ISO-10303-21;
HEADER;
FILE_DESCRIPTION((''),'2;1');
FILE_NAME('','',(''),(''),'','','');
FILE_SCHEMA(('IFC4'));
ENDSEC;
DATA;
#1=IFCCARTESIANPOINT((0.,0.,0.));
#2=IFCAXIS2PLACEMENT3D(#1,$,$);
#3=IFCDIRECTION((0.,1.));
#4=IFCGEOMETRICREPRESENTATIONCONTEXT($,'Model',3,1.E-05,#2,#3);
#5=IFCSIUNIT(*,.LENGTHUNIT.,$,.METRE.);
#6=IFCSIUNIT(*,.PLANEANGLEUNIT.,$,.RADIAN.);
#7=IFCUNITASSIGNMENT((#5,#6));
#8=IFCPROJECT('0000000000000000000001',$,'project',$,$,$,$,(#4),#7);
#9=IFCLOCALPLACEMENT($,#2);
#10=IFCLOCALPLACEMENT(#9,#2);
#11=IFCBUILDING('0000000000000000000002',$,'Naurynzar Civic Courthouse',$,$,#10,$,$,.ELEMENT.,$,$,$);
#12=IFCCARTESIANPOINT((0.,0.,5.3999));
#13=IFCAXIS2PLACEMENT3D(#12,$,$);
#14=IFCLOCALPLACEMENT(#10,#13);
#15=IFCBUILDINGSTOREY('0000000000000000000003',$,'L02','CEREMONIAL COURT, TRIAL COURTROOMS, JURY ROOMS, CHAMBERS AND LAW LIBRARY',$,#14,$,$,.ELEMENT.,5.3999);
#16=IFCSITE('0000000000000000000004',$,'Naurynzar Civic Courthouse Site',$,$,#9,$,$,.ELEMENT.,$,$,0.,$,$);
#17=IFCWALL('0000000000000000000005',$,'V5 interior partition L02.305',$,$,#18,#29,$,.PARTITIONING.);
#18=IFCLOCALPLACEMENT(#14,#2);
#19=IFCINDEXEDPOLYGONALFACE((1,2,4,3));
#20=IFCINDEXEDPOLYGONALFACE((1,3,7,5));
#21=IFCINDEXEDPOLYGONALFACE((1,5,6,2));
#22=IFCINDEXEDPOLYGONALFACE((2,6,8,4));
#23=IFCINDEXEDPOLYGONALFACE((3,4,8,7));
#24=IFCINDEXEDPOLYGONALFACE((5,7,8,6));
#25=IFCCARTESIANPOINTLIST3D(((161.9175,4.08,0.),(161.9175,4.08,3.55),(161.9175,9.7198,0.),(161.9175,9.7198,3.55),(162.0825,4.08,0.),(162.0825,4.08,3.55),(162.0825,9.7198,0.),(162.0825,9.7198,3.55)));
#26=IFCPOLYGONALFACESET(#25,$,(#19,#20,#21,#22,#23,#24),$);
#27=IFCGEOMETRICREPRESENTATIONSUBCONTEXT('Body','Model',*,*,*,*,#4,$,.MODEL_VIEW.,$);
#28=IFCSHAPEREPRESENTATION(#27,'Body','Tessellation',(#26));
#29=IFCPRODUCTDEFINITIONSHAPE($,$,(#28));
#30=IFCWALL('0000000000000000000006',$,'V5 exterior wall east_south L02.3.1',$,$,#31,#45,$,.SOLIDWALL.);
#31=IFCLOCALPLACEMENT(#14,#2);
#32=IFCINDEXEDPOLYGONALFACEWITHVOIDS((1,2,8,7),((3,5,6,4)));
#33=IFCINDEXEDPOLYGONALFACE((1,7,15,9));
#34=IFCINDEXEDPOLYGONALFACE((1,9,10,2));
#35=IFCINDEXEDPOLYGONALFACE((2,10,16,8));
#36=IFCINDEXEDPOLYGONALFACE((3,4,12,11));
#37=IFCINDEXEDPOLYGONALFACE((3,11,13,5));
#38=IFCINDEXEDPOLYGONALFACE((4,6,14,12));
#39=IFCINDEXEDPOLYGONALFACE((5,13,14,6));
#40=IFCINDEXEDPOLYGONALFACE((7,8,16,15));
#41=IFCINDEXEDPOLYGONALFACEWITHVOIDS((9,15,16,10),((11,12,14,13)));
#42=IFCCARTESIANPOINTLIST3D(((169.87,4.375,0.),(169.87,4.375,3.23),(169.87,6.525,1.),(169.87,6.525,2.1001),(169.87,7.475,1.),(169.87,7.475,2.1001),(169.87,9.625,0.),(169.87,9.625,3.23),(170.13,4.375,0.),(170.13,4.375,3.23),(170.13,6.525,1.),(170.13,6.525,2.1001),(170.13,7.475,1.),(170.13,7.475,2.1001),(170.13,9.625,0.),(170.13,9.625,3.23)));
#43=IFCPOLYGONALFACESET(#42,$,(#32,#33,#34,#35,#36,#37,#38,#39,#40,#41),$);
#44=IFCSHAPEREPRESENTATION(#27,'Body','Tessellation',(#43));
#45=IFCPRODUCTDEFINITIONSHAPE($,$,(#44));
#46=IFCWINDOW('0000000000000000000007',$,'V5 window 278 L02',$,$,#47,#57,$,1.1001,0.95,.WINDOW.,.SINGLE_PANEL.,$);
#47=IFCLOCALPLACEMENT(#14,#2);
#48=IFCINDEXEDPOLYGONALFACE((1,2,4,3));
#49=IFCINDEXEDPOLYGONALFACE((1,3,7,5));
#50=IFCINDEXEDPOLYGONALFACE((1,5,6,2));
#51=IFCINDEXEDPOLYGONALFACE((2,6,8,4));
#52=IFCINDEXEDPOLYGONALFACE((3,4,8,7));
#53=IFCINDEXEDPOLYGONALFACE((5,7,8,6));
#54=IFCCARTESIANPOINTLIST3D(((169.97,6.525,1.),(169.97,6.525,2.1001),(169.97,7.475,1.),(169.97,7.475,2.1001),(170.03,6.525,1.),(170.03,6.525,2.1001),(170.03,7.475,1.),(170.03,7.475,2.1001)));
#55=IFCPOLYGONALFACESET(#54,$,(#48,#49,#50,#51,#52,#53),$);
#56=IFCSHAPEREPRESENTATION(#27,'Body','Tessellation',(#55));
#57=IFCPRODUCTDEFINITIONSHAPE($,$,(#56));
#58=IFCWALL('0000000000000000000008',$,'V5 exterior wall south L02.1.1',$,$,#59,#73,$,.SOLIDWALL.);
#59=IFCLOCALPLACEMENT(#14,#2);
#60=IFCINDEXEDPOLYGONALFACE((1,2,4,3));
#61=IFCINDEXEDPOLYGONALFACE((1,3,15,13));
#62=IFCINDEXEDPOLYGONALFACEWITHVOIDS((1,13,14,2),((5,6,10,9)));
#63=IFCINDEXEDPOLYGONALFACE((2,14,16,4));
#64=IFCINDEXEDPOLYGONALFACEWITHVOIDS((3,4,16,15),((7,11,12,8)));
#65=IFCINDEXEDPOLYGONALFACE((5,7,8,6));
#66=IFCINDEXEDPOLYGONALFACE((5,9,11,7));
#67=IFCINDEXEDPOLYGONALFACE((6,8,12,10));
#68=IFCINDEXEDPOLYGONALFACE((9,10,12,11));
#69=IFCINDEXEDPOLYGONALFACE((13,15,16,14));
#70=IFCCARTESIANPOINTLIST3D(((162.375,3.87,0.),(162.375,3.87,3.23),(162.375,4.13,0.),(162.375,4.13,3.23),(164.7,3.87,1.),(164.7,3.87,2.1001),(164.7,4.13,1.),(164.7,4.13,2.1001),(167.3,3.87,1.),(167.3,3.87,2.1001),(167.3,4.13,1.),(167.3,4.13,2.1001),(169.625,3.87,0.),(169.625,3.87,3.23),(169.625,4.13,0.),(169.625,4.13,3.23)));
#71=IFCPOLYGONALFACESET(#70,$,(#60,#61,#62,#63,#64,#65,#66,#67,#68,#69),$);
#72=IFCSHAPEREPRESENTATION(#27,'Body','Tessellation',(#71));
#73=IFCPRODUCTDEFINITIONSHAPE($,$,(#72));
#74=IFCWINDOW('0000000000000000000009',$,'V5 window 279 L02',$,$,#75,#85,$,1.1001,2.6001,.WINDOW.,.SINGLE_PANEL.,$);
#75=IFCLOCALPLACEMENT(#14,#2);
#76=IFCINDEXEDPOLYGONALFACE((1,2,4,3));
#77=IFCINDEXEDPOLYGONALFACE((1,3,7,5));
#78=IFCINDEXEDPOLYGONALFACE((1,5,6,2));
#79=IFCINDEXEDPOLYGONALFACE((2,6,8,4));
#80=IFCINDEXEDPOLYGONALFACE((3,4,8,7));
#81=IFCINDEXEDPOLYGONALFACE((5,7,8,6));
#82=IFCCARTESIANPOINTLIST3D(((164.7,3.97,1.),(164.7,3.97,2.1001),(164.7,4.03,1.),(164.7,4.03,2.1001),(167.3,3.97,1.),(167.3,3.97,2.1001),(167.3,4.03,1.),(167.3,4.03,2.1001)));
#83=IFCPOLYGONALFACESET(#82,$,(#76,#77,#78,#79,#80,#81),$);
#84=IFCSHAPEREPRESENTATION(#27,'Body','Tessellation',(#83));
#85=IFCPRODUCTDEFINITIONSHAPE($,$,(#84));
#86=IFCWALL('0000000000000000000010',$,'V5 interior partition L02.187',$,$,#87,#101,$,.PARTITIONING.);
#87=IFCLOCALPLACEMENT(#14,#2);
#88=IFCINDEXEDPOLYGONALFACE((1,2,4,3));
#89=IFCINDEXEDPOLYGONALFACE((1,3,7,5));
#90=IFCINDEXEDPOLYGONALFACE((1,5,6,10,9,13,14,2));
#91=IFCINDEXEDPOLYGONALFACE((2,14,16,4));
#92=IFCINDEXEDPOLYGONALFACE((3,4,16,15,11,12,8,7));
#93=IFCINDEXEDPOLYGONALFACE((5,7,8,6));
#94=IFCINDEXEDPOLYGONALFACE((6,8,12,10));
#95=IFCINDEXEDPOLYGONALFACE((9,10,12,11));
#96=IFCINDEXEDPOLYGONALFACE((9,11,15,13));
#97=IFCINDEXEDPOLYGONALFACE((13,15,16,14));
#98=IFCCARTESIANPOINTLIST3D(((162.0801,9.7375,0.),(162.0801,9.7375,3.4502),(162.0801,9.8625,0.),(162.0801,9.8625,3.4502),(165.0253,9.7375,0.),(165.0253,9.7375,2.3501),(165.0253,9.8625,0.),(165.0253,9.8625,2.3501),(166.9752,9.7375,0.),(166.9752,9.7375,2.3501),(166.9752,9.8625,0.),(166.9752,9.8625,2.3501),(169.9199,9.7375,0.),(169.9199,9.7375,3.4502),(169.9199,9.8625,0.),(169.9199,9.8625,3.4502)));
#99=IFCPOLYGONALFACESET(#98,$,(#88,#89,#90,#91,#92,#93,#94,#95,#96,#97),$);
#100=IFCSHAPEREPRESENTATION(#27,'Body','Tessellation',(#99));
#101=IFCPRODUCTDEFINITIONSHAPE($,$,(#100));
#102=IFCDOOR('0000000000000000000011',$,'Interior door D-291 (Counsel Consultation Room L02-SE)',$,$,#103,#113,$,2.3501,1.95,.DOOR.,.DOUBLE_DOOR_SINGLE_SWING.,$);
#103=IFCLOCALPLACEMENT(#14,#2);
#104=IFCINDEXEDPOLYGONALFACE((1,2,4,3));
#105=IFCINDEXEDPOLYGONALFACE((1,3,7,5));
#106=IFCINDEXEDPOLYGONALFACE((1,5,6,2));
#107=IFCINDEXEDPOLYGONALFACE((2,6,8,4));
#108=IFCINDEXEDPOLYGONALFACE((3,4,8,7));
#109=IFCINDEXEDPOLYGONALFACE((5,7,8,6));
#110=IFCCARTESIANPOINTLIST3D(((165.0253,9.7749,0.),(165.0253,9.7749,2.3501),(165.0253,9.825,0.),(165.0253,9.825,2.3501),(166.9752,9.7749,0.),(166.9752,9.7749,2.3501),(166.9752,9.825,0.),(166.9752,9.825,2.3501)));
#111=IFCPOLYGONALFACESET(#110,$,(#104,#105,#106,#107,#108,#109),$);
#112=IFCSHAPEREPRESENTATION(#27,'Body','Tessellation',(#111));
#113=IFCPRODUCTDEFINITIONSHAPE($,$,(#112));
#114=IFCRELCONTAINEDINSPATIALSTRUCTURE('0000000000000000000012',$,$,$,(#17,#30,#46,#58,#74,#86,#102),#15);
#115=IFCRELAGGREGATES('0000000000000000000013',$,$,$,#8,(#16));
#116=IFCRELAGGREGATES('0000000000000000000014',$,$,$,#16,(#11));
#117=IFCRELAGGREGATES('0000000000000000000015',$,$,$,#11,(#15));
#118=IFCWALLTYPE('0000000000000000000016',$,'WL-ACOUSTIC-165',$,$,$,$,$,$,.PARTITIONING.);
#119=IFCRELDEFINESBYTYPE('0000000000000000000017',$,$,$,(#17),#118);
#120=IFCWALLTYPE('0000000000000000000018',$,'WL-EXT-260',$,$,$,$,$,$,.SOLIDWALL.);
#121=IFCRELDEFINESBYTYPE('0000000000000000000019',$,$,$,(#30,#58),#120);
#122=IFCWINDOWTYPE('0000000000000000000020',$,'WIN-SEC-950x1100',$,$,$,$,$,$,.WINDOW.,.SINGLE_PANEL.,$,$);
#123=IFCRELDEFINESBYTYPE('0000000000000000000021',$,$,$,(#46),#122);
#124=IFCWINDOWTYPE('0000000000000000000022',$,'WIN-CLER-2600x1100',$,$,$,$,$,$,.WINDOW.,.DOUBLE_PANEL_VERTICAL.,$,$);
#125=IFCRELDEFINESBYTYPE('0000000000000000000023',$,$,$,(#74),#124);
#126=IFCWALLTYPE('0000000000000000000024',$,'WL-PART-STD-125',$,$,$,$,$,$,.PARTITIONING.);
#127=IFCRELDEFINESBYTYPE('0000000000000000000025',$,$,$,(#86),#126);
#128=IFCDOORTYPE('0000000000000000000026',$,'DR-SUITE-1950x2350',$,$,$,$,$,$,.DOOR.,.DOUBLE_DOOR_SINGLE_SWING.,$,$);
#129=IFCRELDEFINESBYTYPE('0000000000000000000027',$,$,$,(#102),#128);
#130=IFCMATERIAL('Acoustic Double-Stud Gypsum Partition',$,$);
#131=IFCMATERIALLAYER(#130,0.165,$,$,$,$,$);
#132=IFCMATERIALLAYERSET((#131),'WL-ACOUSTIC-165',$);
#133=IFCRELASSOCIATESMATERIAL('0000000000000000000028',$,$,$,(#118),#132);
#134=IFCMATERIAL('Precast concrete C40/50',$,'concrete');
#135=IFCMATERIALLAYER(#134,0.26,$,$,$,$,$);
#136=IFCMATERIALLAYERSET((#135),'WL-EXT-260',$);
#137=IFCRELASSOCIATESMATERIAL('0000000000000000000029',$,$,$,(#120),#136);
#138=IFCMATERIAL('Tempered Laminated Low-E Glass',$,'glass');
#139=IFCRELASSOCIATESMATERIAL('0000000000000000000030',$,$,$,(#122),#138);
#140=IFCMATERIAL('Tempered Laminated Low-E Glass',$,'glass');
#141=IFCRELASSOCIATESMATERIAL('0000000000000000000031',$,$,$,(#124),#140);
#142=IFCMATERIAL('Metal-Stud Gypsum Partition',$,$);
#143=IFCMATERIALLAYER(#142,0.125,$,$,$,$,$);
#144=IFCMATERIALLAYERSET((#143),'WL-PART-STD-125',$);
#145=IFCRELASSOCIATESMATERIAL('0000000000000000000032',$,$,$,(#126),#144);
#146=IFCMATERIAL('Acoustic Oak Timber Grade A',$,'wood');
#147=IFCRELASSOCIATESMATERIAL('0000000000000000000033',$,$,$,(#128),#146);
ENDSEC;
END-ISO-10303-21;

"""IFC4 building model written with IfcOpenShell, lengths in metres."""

from ifc_helpers import new_model, si_unit, direction, frame, frame_2d, origin, place, context, subcontext, project, spatial, rectangle, extrude, material, layer, layer_set, type_object, element, fill, save


model = new_model("IFC4")

# Units and contexts
model_context = context("Model", 3, precision=1e-05, world=origin(), true_north=direction((0.0, 1.0)))
body_context = subcontext(model_context, "Body", "Model", "MODEL_VIEW")
ifc_project = project(units=[si_unit("LENGTHUNIT", "METRE"), si_unit("PLANEANGLEUNIT", "RADIAN")], contexts=[model_context])

# Site, building, storey
site_placement = place(None, origin())
site = spatial("IfcSite", under=ifc_project, at=site_placement, Name="Naurynzar Civic Courthouse Site", CompositionType="ELEMENT", RefElevation=0.0)
building_placement = place(site_placement, origin())
building = spatial("IfcBuilding", under=site, at=building_placement, Name="Naurynzar Civic Courthouse", CompositionType="ELEMENT")
storey_placement = place(building_placement, frame((0.0, 0.0, 5.3999)))
storey = spatial("IfcBuildingStorey", under=building, at=storey_placement, Name="L02", Description="CEREMONIAL COURT, TRIAL COURTROOMS, JURY ROOMS, CHAMBERS AND LAW LIBRARY", CompositionType="ELEMENT", Elevation=5.3999)

# Wall
ifc_material_1 = material(Name="Acoustic Double-Stud Gypsum Partition")
ifc_layer_1 = layer(ifc_material_1, 0.165)
ifc_layer_set_1 = layer_set([ifc_layer_1], Name="WL-ACOUSTIC-165")
wall_type_1 = type_object("IfcWallType", Name="WL-ACOUSTIC-165", PredefinedType="PARTITIONING", material=ifc_layer_set_1)
wall_1_placement = place(storey_placement, frame((162.0, 4.0801, 0.0), z_axis=(0.0, 0.0, 1.0), x_axis=(0.0, 1.0, 0.0)))
element("IfcWall", 1, at=wall_1_placement, inside=storey, type_object=wall_type_1, Name="V5 interior partition L02.305", PredefinedType="PARTITIONING", context=body_context, shape_type="SweptSolid", body=[
    extrude(rectangle(XDim=5.6399, YDim=0.165, at=frame_2d((2.8198, 0.0))), origin(), (0.0, 0.0, 1.0), 3.55),
])

# Walls, openings, windows
ifc_material_2 = material(Name="Precast concrete C40/50", Category="concrete")
ifc_layer_2 = layer(ifc_material_2, 0.26)
ifc_layer_set_2 = layer_set([ifc_layer_2], Name="WL-EXT-260")
wall_type_2 = type_object("IfcWallType", Name="WL-EXT-260", PredefinedType="SOLIDWALL", material=ifc_layer_set_2)
wall_2_placement = place(storey_placement, frame((170.0, 9.625, 0.0), z_axis=(0.0, 0.0, 1.0), x_axis=(0.0, -1.0, 0.0)))
wall_2 = element("IfcWall", 2, at=wall_2_placement, inside=storey, type_object=wall_type_2, Name="V5 exterior wall east_south L02.3.1", PredefinedType="SOLIDWALL", context=body_context, shape_type="SweptSolid", body=[
    extrude(rectangle(XDim=5.25, YDim=0.26, at=frame_2d((2.625, 0.0))), origin(), (0.0, 0.0, 1.0), 3.23),
])
opening_1_placement = place(wall_2_placement, frame((2.1499, 0.0, 1.0)))
opening_1 = element("IfcOpeningElement", 3, at=opening_1_placement, cuts=wall_2, PredefinedType="OPENING", context=body_context, shape_type="SweptSolid", body=[
    extrude(rectangle(XDim=0.95, YDim=1.1001, at=frame_2d((0.4751, 0.55))), frame((0.0, 0.1399, 0.0), z_axis=(0.0, -1.0, 0.0), x_axis=(1.0, 0.0, 0.0)), (0.0, 0.0, 1.0), 0.28),
])
ifc_material_3 = material(Name="Tempered Laminated Low-E Glass", Category="glass")
window_type_1 = type_object("IfcWindowType", Name="WIN-SEC-950x1100", PartitioningType="SINGLE_PANEL", PredefinedType="WINDOW", material=ifc_material_3)
window_1_placement = place(opening_1_placement, origin())
window_1 = element("IfcWindow", 4, at=window_1_placement, inside=storey, type_object=window_type_1, Name="V5 window 278 L02", OverallHeight=1.1001, OverallWidth=0.95, PartitioningType="SINGLE_PANEL", PredefinedType="WINDOW", context=body_context, shape_type="SweptSolid", body=[
    extrude(rectangle(XDim=0.95, YDim=1.1001, at=frame_2d((0.4751, 0.55))), frame((0.0, 0.03, 0.0), z_axis=(0.0, -1.0, 0.0), x_axis=(1.0, 0.0, 0.0)), (0.0, 0.0, 1.0), 0.0601),
])
fill(opening_1, window_1)
wall_3_placement = place(storey_placement, frame((169.625, 4.0, 0.0), z_axis=(0.0, 0.0, 1.0), x_axis=(-1.0, 0.0, 0.0)))
wall_3 = element("IfcWall", 5, at=wall_3_placement, inside=storey, type_object=wall_type_2, Name="V5 exterior wall south L02.1.1", PredefinedType="SOLIDWALL", context=body_context, shape_type="SweptSolid", body=[
    extrude(rectangle(XDim=7.25, YDim=0.26, at=frame_2d((3.625, 0.0))), origin(), (0.0, 0.0, 1.0), 3.23),
])
opening_2_placement = place(wall_3_placement, frame((2.325, 0.0, 1.0)))
opening_2 = element("IfcOpeningElement", 6, at=opening_2_placement, cuts=wall_3, PredefinedType="OPENING", context=body_context, shape_type="SweptSolid", body=[
    extrude(rectangle(XDim=2.6001, YDim=1.1001, at=frame_2d((1.3, 0.55))), frame((0.0, 0.1399, 0.0), z_axis=(0.0, -1.0, 0.0), x_axis=(1.0, 0.0, 0.0)), (0.0, 0.0, 1.0), 0.28),
])
ifc_material_4 = material(Name="Tempered Laminated Low-E Glass", Category="glass")
window_type_2 = type_object("IfcWindowType", Name="WIN-CLER-2600x1100", PartitioningType="DOUBLE_PANEL_VERTICAL", PredefinedType="WINDOW", material=ifc_material_4)
window_2_placement = place(opening_2_placement, origin())
window_2 = element("IfcWindow", 7, at=window_2_placement, inside=storey, type_object=window_type_2, Name="V5 window 279 L02", OverallHeight=1.1001, OverallWidth=2.6001, PartitioningType="SINGLE_PANEL", PredefinedType="WINDOW", context=body_context, shape_type="SweptSolid", body=[
    extrude(rectangle(XDim=2.6001, YDim=1.1001, at=frame_2d((1.3, 0.55))), frame((0.0, 0.03, 0.0), z_axis=(0.0, -1.0, 0.0), x_axis=(1.0, 0.0, 0.0)), (0.0, 0.0, 1.0), 0.0601),
])
fill(opening_2, window_2)

# Wall, opening, door
ifc_material_5 = material(Name="Metal-Stud Gypsum Partition")
ifc_layer_3 = layer(ifc_material_5, 0.125)
ifc_layer_set_3 = layer_set([ifc_layer_3], Name="WL-PART-STD-125")
wall_type_3 = type_object("IfcWallType", Name="WL-PART-STD-125", PredefinedType="PARTITIONING", material=ifc_layer_set_3)
wall_4_placement = place(storey_placement, frame((162.0801, 9.8, 0.0), z_axis=(0.0, 0.0, 1.0), x_axis=(1.0, 0.0, 0.0)))
wall_4 = element("IfcWall", 8, at=wall_4_placement, inside=storey, type_object=wall_type_3, Name="V5 interior partition L02.187", PredefinedType="PARTITIONING", context=body_context, shape_type="SweptSolid", body=[
    extrude(rectangle(XDim=7.8398, YDim=0.125, at=frame_2d((3.9199, 0.0))), origin(), (0.0, 0.0, 1.0), 3.4502),
])
opening_3_placement = place(wall_4_placement, frame((2.9451, 0.0, 0.0)))
opening_3 = element("IfcOpeningElement", 9, at=opening_3_placement, cuts=wall_4, PredefinedType="OPENING", context=body_context, shape_type="SweptSolid", body=[
    extrude(rectangle(XDim=1.95, YDim=2.3501, at=frame_2d((0.9751, 1.175))), frame((0.0, 0.0725, 0.0), z_axis=(0.0, -1.0, 0.0), x_axis=(1.0, 0.0, 0.0)), (0.0, 0.0, 1.0), 0.145),
])
ifc_material_6 = material(Name="Acoustic Oak Timber Grade A", Category="wood")
door_type = type_object("IfcDoorType", Name="DR-SUITE-1950x2350", OperationType="DOUBLE_DOOR_SINGLE_SWING", PredefinedType="DOOR", material=ifc_material_6)
door_placement = place(opening_3_placement, origin())
door = element("IfcDoor", 10, at=door_placement, inside=storey, type_object=door_type, Name="Interior door D-291 (Counsel Consultation Room L02-SE)", OperationType="DOUBLE_DOOR_SINGLE_SWING", OverallHeight=2.3501, OverallWidth=1.95, PredefinedType="DOOR", context=body_context, shape_type="SweptSolid", body=[
    extrude(rectangle(XDim=1.95, YDim=2.3501, at=frame_2d((0.9751, 1.175))), frame((0.0, 0.0249, 0.0), z_axis=(0.0, -1.0, 0.0), x_axis=(1.0, 0.0, 0.0)), (0.0, 0.0, 1.0), 0.05),
])
fill(opening_3, door)

save(model, "model.ifc")
